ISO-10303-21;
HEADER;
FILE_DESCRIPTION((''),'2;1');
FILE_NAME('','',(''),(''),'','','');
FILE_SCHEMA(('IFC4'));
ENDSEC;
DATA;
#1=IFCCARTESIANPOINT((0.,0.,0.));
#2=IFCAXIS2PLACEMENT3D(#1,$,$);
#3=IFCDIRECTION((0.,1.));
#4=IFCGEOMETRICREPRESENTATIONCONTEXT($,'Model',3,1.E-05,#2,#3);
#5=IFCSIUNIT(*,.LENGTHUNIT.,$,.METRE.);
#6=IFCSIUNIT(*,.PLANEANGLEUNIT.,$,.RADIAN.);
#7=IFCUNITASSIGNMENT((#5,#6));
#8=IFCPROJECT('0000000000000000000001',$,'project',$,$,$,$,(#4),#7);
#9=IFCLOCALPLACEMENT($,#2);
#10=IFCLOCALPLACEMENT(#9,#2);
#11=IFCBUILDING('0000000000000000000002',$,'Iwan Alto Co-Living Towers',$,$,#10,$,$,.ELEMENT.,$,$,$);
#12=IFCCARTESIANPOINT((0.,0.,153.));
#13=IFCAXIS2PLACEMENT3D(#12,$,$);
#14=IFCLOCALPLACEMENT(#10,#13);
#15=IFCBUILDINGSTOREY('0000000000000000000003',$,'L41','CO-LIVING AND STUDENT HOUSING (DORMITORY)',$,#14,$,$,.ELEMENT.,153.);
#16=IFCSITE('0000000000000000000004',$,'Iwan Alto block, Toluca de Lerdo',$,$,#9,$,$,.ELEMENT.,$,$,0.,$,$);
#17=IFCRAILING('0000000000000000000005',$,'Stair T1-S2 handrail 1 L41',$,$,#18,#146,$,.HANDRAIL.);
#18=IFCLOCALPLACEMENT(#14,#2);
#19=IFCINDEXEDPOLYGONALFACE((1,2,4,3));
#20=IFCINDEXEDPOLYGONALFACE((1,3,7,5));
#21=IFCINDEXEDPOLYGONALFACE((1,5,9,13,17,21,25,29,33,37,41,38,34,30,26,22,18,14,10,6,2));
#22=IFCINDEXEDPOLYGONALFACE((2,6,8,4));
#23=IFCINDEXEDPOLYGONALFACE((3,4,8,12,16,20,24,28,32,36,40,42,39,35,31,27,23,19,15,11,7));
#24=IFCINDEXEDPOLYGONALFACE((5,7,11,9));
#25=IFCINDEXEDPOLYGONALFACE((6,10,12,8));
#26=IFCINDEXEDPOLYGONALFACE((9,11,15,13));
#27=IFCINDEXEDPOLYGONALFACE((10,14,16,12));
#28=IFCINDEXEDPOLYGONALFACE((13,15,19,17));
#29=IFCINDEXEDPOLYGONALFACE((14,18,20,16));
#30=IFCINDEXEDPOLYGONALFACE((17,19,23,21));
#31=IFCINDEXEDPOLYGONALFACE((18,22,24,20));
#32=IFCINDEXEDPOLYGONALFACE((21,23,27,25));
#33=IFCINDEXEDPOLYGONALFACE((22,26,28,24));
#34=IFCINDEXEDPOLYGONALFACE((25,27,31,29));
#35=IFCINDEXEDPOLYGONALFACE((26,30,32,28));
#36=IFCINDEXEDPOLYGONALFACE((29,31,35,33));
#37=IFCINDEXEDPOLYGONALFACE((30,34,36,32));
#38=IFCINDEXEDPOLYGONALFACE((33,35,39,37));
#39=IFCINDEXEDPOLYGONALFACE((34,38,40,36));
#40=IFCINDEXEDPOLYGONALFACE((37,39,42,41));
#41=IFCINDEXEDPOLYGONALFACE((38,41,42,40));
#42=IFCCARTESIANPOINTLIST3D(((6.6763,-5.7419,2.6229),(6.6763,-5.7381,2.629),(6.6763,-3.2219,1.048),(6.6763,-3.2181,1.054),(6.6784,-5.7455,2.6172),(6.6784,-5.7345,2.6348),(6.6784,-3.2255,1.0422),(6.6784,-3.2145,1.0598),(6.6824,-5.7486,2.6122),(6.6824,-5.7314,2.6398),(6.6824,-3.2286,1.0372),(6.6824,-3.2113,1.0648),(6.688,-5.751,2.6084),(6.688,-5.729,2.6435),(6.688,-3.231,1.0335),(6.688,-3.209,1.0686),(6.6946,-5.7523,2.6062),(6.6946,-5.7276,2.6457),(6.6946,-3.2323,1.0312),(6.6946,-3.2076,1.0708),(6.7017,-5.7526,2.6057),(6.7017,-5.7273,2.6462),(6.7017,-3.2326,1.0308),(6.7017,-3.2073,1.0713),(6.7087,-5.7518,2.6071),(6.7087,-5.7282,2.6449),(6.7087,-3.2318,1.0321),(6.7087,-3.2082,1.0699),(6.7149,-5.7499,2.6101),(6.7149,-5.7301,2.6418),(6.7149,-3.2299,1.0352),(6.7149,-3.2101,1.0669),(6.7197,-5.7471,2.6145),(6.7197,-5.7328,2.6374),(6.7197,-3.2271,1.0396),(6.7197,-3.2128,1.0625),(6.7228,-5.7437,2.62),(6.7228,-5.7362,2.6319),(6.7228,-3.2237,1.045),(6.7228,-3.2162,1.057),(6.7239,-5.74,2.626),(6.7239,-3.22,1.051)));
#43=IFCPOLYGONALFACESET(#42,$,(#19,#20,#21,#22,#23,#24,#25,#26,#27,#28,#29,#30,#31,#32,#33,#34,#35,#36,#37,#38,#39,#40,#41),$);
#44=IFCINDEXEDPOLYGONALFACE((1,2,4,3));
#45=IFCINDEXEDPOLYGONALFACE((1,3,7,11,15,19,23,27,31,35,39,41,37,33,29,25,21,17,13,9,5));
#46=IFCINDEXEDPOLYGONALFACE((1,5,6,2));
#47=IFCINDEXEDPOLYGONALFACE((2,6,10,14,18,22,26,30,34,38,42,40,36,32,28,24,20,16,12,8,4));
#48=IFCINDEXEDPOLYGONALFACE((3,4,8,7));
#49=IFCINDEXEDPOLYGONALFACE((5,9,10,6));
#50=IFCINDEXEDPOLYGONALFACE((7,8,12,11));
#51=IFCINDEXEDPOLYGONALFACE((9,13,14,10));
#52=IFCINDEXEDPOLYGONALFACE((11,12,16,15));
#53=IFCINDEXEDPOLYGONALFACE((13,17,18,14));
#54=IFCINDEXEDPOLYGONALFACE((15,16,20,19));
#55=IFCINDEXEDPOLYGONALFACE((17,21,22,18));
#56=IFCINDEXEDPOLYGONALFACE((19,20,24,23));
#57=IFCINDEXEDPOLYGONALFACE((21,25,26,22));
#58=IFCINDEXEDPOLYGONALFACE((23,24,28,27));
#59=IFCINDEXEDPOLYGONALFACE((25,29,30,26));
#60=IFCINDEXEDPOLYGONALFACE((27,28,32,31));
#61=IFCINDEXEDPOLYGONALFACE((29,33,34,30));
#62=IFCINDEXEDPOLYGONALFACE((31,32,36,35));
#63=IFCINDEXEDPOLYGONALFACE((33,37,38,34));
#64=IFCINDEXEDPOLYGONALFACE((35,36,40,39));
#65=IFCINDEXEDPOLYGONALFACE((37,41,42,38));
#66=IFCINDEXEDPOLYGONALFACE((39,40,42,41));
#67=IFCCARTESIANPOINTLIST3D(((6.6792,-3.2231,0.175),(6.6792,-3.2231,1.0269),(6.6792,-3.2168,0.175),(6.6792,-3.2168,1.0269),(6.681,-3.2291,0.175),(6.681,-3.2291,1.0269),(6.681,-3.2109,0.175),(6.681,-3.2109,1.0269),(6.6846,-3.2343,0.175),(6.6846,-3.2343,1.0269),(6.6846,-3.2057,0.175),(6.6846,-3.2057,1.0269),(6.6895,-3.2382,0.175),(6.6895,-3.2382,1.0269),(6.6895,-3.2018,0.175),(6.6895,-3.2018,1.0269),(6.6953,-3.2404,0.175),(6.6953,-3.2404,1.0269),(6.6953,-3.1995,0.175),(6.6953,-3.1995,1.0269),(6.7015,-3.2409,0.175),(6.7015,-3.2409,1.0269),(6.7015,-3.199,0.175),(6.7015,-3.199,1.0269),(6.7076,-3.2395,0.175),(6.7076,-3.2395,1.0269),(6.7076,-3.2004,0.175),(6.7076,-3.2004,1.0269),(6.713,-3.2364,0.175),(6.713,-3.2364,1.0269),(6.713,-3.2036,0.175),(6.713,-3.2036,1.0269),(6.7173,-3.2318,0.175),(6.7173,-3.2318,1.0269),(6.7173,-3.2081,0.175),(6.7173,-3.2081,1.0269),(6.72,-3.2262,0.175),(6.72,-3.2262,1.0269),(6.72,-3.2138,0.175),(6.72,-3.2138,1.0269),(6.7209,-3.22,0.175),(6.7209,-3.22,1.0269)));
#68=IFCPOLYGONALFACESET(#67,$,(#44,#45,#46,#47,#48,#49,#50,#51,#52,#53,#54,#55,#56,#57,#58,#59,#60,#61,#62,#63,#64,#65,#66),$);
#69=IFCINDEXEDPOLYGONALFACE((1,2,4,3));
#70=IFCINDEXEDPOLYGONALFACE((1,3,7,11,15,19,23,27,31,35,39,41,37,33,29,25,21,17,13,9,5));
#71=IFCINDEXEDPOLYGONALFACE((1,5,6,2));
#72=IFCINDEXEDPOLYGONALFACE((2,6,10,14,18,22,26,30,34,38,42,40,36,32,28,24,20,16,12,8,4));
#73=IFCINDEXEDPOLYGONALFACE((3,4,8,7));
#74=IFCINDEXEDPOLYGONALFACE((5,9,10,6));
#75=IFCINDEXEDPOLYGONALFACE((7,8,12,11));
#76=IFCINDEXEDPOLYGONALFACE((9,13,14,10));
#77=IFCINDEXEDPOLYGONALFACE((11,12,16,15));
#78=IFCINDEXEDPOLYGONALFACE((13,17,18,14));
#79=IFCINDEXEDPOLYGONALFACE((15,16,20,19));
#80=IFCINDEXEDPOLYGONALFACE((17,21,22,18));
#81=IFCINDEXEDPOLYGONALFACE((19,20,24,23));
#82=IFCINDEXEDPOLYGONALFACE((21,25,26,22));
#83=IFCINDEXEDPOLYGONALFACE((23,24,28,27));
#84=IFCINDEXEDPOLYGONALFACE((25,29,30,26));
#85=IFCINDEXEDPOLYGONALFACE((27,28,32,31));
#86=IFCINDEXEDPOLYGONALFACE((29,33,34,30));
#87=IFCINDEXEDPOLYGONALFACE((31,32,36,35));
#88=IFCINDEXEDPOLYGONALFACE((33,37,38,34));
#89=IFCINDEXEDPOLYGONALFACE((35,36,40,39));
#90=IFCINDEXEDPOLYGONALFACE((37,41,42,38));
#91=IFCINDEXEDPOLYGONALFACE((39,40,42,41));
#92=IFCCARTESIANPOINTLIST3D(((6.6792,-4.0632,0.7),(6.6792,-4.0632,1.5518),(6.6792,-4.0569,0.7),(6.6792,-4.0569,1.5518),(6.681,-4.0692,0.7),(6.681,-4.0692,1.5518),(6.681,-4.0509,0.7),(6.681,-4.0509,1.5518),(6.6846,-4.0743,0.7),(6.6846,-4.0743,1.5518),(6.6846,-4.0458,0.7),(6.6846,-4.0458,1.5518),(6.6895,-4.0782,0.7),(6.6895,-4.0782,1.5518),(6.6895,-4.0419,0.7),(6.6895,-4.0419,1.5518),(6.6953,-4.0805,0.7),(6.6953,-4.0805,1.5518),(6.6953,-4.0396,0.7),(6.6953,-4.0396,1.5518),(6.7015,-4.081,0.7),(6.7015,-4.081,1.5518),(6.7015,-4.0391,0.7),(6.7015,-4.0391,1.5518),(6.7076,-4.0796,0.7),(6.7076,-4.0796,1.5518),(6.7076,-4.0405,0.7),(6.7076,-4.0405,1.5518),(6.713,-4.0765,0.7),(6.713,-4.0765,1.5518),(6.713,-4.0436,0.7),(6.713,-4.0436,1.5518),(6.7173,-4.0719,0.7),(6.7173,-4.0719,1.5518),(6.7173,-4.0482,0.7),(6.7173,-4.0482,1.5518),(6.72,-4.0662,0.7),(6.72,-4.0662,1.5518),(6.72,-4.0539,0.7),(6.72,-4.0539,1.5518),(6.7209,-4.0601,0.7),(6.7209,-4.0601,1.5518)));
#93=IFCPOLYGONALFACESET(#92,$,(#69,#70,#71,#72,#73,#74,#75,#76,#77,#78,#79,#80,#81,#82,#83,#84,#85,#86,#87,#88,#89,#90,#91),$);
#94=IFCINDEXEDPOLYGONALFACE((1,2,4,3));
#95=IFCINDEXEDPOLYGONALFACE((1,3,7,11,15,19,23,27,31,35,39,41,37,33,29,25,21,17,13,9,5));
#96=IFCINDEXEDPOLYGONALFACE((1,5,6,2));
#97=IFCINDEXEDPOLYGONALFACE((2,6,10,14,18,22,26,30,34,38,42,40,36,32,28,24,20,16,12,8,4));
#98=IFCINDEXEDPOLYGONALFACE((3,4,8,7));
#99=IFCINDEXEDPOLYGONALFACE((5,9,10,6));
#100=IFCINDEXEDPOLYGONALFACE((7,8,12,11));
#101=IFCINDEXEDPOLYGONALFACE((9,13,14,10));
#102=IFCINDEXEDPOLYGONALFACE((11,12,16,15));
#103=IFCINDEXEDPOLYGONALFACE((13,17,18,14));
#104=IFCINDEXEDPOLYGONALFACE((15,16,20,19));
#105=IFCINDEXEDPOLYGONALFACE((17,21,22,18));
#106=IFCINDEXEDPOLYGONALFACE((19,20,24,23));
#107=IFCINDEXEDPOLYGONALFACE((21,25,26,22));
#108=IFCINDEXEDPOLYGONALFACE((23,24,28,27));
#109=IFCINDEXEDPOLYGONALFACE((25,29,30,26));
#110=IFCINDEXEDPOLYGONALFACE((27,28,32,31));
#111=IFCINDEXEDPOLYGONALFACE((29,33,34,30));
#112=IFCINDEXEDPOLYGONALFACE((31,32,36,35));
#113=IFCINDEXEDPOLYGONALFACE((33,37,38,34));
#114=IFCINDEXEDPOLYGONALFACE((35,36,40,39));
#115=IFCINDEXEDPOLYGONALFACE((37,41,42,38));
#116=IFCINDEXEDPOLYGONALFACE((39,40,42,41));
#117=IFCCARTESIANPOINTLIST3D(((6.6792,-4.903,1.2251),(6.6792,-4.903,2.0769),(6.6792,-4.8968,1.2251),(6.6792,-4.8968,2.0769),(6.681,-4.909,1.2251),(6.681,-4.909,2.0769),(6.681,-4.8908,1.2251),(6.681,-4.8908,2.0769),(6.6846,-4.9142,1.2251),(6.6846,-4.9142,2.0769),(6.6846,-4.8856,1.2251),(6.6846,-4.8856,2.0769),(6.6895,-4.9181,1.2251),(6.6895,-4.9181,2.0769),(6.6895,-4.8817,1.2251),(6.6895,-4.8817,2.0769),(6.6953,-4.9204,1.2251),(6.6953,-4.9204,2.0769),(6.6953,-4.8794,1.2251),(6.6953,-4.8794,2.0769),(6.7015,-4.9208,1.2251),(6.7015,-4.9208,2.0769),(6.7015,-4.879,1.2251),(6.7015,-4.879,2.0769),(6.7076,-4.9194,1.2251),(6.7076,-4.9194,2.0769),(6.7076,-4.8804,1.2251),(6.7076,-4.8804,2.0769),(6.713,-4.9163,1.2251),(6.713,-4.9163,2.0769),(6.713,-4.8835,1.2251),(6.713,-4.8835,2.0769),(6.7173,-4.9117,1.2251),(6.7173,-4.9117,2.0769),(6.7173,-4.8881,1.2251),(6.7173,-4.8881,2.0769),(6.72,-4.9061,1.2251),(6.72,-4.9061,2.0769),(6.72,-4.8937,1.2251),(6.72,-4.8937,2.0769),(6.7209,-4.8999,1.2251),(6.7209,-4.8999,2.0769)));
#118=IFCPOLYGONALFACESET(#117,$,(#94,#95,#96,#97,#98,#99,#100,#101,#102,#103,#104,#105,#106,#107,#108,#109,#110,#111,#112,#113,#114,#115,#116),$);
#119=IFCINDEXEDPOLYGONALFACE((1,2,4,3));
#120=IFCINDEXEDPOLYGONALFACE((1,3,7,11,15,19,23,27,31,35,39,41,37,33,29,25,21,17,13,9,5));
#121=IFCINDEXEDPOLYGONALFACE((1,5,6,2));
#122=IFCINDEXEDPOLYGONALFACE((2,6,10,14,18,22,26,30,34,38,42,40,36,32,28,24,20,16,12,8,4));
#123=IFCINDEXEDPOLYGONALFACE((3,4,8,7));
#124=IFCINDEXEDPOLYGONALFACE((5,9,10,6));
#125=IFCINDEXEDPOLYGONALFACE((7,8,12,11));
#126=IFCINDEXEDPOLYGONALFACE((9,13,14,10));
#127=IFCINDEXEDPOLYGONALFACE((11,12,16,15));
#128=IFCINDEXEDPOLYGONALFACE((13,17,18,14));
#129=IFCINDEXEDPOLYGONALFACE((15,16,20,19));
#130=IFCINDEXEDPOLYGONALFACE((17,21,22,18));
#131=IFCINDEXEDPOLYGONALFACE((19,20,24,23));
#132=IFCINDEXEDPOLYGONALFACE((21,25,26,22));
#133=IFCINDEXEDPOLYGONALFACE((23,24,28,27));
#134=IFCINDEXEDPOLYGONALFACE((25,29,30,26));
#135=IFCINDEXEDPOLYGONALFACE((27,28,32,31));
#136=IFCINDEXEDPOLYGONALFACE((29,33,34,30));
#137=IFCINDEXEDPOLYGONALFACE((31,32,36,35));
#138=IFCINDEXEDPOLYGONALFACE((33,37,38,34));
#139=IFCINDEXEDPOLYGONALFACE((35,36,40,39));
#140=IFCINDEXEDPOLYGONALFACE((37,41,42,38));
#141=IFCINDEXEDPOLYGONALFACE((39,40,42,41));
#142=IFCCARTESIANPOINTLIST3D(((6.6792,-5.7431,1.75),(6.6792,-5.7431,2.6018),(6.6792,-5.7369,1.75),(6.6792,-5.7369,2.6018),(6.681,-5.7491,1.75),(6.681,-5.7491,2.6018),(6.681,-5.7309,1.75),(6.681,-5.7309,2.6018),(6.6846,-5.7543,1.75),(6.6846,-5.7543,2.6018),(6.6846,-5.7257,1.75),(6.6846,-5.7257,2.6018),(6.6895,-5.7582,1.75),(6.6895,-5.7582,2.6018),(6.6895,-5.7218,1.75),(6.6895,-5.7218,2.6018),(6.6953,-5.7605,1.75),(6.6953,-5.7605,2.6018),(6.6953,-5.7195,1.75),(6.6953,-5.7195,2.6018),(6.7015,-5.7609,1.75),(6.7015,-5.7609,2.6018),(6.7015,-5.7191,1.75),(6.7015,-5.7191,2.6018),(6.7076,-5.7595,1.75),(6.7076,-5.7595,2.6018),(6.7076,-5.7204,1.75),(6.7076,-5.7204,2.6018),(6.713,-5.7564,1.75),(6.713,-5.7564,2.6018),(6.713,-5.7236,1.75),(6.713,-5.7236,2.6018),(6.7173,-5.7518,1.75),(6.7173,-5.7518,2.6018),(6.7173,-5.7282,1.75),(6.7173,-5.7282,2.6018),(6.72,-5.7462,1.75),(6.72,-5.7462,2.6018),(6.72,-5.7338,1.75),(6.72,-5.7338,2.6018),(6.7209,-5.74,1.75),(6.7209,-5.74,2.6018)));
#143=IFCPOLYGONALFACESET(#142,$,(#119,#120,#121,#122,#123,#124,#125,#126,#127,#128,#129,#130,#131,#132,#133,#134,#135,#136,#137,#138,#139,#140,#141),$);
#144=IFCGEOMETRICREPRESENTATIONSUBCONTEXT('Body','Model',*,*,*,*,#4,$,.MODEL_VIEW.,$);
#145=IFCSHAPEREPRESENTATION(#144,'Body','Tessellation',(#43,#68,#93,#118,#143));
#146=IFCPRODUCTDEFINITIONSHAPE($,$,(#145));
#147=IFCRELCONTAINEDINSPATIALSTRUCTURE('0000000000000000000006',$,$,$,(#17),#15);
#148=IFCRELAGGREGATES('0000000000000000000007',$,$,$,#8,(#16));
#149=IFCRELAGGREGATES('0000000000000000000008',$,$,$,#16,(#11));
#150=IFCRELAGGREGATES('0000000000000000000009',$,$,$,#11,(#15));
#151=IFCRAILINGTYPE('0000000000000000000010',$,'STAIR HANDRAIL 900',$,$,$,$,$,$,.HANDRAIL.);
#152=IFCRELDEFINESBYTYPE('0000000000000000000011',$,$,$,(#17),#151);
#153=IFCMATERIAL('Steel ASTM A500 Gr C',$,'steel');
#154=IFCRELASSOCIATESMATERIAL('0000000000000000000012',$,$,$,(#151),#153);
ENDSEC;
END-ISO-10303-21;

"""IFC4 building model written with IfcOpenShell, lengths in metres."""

from ifc_helpers import new_model, si_unit, direction, frame, origin, origin_2d, place, context, subcontext, project, spatial, circle, extrude, material, type_object, element, save


model = new_model("IFC4")

# Units and contexts
model_context = context("Model", 3, precision=1e-05, world=origin(), true_north=direction((0.0, 1.0)))
body_context = subcontext(model_context, "Body", "Model", "MODEL_VIEW")
ifc_project = project(units=[si_unit("LENGTHUNIT", "METRE"), si_unit("PLANEANGLEUNIT", "RADIAN")], contexts=[model_context])

# Site, building, storey
site_placement = place(None, origin())
site = spatial("IfcSite", under=ifc_project, at=site_placement, Name="Iwan Alto block, Toluca de Lerdo", CompositionType="ELEMENT", RefElevation=0.0)
building_placement = place(site_placement, origin())
building = spatial("IfcBuilding", under=site, at=building_placement, Name="Iwan Alto Co-Living Towers", CompositionType="ELEMENT")
storey_placement = place(building_placement, frame((0.0, 0.0, 153.0)))
storey = spatial("IfcBuildingStorey", under=building, at=storey_placement, Name="L41", Description="CO-LIVING AND STUDENT HOUSING (DORMITORY)", CompositionType="ELEMENT", Elevation=153.0)

# Railing
ifc_material_1 = material(Name="Steel ASTM A500 Gr C", Category="steel")
railing_type_1 = type_object("IfcRailingType", Name="STAIR HANDRAIL 900", PredefinedType="HANDRAIL", material=ifc_material_1)
railing_1_placement = place(storey_placement, frame((6.7, -3.22, 0.175)))
element("IfcRailing", 1, at=railing_1_placement, inside=storey, type_object=railing_type_1, Name="Stair T1-S2 handrail 1 L41", PredefinedType="HANDRAIL", context=body_context, shape_type="SweptSolid", body=[
    extrude(circle(Radius=0.0239, at=origin_2d()), frame((0.0, 0.0, 0.876), z_axis=(0.0, -0.848008, 0.529984), x_axis=(1.0, 0.0, 0.0)), (0.0, 0.0, 1.0), 2.9717),
    extrude(circle(Radius=0.021, at=origin_2d()), origin(), (0.0, 0.0, 1.0), 0.8518),
    extrude(circle(Radius=0.021, at=origin_2d()), frame((0.0, -0.8401, 0.5249)), (0.0, 0.0, 1.0), 0.8518),
    extrude(circle(Radius=0.021, at=origin_2d()), frame((0.0, -1.6799, 1.05)), (0.0, 0.0, 1.0), 0.8518),
    extrude(circle(Radius=0.021, at=origin_2d()), frame((0.0, -2.52, 1.575)), (0.0, 0.0, 1.0), 0.8518),
])

save(model, "model.ifc")
